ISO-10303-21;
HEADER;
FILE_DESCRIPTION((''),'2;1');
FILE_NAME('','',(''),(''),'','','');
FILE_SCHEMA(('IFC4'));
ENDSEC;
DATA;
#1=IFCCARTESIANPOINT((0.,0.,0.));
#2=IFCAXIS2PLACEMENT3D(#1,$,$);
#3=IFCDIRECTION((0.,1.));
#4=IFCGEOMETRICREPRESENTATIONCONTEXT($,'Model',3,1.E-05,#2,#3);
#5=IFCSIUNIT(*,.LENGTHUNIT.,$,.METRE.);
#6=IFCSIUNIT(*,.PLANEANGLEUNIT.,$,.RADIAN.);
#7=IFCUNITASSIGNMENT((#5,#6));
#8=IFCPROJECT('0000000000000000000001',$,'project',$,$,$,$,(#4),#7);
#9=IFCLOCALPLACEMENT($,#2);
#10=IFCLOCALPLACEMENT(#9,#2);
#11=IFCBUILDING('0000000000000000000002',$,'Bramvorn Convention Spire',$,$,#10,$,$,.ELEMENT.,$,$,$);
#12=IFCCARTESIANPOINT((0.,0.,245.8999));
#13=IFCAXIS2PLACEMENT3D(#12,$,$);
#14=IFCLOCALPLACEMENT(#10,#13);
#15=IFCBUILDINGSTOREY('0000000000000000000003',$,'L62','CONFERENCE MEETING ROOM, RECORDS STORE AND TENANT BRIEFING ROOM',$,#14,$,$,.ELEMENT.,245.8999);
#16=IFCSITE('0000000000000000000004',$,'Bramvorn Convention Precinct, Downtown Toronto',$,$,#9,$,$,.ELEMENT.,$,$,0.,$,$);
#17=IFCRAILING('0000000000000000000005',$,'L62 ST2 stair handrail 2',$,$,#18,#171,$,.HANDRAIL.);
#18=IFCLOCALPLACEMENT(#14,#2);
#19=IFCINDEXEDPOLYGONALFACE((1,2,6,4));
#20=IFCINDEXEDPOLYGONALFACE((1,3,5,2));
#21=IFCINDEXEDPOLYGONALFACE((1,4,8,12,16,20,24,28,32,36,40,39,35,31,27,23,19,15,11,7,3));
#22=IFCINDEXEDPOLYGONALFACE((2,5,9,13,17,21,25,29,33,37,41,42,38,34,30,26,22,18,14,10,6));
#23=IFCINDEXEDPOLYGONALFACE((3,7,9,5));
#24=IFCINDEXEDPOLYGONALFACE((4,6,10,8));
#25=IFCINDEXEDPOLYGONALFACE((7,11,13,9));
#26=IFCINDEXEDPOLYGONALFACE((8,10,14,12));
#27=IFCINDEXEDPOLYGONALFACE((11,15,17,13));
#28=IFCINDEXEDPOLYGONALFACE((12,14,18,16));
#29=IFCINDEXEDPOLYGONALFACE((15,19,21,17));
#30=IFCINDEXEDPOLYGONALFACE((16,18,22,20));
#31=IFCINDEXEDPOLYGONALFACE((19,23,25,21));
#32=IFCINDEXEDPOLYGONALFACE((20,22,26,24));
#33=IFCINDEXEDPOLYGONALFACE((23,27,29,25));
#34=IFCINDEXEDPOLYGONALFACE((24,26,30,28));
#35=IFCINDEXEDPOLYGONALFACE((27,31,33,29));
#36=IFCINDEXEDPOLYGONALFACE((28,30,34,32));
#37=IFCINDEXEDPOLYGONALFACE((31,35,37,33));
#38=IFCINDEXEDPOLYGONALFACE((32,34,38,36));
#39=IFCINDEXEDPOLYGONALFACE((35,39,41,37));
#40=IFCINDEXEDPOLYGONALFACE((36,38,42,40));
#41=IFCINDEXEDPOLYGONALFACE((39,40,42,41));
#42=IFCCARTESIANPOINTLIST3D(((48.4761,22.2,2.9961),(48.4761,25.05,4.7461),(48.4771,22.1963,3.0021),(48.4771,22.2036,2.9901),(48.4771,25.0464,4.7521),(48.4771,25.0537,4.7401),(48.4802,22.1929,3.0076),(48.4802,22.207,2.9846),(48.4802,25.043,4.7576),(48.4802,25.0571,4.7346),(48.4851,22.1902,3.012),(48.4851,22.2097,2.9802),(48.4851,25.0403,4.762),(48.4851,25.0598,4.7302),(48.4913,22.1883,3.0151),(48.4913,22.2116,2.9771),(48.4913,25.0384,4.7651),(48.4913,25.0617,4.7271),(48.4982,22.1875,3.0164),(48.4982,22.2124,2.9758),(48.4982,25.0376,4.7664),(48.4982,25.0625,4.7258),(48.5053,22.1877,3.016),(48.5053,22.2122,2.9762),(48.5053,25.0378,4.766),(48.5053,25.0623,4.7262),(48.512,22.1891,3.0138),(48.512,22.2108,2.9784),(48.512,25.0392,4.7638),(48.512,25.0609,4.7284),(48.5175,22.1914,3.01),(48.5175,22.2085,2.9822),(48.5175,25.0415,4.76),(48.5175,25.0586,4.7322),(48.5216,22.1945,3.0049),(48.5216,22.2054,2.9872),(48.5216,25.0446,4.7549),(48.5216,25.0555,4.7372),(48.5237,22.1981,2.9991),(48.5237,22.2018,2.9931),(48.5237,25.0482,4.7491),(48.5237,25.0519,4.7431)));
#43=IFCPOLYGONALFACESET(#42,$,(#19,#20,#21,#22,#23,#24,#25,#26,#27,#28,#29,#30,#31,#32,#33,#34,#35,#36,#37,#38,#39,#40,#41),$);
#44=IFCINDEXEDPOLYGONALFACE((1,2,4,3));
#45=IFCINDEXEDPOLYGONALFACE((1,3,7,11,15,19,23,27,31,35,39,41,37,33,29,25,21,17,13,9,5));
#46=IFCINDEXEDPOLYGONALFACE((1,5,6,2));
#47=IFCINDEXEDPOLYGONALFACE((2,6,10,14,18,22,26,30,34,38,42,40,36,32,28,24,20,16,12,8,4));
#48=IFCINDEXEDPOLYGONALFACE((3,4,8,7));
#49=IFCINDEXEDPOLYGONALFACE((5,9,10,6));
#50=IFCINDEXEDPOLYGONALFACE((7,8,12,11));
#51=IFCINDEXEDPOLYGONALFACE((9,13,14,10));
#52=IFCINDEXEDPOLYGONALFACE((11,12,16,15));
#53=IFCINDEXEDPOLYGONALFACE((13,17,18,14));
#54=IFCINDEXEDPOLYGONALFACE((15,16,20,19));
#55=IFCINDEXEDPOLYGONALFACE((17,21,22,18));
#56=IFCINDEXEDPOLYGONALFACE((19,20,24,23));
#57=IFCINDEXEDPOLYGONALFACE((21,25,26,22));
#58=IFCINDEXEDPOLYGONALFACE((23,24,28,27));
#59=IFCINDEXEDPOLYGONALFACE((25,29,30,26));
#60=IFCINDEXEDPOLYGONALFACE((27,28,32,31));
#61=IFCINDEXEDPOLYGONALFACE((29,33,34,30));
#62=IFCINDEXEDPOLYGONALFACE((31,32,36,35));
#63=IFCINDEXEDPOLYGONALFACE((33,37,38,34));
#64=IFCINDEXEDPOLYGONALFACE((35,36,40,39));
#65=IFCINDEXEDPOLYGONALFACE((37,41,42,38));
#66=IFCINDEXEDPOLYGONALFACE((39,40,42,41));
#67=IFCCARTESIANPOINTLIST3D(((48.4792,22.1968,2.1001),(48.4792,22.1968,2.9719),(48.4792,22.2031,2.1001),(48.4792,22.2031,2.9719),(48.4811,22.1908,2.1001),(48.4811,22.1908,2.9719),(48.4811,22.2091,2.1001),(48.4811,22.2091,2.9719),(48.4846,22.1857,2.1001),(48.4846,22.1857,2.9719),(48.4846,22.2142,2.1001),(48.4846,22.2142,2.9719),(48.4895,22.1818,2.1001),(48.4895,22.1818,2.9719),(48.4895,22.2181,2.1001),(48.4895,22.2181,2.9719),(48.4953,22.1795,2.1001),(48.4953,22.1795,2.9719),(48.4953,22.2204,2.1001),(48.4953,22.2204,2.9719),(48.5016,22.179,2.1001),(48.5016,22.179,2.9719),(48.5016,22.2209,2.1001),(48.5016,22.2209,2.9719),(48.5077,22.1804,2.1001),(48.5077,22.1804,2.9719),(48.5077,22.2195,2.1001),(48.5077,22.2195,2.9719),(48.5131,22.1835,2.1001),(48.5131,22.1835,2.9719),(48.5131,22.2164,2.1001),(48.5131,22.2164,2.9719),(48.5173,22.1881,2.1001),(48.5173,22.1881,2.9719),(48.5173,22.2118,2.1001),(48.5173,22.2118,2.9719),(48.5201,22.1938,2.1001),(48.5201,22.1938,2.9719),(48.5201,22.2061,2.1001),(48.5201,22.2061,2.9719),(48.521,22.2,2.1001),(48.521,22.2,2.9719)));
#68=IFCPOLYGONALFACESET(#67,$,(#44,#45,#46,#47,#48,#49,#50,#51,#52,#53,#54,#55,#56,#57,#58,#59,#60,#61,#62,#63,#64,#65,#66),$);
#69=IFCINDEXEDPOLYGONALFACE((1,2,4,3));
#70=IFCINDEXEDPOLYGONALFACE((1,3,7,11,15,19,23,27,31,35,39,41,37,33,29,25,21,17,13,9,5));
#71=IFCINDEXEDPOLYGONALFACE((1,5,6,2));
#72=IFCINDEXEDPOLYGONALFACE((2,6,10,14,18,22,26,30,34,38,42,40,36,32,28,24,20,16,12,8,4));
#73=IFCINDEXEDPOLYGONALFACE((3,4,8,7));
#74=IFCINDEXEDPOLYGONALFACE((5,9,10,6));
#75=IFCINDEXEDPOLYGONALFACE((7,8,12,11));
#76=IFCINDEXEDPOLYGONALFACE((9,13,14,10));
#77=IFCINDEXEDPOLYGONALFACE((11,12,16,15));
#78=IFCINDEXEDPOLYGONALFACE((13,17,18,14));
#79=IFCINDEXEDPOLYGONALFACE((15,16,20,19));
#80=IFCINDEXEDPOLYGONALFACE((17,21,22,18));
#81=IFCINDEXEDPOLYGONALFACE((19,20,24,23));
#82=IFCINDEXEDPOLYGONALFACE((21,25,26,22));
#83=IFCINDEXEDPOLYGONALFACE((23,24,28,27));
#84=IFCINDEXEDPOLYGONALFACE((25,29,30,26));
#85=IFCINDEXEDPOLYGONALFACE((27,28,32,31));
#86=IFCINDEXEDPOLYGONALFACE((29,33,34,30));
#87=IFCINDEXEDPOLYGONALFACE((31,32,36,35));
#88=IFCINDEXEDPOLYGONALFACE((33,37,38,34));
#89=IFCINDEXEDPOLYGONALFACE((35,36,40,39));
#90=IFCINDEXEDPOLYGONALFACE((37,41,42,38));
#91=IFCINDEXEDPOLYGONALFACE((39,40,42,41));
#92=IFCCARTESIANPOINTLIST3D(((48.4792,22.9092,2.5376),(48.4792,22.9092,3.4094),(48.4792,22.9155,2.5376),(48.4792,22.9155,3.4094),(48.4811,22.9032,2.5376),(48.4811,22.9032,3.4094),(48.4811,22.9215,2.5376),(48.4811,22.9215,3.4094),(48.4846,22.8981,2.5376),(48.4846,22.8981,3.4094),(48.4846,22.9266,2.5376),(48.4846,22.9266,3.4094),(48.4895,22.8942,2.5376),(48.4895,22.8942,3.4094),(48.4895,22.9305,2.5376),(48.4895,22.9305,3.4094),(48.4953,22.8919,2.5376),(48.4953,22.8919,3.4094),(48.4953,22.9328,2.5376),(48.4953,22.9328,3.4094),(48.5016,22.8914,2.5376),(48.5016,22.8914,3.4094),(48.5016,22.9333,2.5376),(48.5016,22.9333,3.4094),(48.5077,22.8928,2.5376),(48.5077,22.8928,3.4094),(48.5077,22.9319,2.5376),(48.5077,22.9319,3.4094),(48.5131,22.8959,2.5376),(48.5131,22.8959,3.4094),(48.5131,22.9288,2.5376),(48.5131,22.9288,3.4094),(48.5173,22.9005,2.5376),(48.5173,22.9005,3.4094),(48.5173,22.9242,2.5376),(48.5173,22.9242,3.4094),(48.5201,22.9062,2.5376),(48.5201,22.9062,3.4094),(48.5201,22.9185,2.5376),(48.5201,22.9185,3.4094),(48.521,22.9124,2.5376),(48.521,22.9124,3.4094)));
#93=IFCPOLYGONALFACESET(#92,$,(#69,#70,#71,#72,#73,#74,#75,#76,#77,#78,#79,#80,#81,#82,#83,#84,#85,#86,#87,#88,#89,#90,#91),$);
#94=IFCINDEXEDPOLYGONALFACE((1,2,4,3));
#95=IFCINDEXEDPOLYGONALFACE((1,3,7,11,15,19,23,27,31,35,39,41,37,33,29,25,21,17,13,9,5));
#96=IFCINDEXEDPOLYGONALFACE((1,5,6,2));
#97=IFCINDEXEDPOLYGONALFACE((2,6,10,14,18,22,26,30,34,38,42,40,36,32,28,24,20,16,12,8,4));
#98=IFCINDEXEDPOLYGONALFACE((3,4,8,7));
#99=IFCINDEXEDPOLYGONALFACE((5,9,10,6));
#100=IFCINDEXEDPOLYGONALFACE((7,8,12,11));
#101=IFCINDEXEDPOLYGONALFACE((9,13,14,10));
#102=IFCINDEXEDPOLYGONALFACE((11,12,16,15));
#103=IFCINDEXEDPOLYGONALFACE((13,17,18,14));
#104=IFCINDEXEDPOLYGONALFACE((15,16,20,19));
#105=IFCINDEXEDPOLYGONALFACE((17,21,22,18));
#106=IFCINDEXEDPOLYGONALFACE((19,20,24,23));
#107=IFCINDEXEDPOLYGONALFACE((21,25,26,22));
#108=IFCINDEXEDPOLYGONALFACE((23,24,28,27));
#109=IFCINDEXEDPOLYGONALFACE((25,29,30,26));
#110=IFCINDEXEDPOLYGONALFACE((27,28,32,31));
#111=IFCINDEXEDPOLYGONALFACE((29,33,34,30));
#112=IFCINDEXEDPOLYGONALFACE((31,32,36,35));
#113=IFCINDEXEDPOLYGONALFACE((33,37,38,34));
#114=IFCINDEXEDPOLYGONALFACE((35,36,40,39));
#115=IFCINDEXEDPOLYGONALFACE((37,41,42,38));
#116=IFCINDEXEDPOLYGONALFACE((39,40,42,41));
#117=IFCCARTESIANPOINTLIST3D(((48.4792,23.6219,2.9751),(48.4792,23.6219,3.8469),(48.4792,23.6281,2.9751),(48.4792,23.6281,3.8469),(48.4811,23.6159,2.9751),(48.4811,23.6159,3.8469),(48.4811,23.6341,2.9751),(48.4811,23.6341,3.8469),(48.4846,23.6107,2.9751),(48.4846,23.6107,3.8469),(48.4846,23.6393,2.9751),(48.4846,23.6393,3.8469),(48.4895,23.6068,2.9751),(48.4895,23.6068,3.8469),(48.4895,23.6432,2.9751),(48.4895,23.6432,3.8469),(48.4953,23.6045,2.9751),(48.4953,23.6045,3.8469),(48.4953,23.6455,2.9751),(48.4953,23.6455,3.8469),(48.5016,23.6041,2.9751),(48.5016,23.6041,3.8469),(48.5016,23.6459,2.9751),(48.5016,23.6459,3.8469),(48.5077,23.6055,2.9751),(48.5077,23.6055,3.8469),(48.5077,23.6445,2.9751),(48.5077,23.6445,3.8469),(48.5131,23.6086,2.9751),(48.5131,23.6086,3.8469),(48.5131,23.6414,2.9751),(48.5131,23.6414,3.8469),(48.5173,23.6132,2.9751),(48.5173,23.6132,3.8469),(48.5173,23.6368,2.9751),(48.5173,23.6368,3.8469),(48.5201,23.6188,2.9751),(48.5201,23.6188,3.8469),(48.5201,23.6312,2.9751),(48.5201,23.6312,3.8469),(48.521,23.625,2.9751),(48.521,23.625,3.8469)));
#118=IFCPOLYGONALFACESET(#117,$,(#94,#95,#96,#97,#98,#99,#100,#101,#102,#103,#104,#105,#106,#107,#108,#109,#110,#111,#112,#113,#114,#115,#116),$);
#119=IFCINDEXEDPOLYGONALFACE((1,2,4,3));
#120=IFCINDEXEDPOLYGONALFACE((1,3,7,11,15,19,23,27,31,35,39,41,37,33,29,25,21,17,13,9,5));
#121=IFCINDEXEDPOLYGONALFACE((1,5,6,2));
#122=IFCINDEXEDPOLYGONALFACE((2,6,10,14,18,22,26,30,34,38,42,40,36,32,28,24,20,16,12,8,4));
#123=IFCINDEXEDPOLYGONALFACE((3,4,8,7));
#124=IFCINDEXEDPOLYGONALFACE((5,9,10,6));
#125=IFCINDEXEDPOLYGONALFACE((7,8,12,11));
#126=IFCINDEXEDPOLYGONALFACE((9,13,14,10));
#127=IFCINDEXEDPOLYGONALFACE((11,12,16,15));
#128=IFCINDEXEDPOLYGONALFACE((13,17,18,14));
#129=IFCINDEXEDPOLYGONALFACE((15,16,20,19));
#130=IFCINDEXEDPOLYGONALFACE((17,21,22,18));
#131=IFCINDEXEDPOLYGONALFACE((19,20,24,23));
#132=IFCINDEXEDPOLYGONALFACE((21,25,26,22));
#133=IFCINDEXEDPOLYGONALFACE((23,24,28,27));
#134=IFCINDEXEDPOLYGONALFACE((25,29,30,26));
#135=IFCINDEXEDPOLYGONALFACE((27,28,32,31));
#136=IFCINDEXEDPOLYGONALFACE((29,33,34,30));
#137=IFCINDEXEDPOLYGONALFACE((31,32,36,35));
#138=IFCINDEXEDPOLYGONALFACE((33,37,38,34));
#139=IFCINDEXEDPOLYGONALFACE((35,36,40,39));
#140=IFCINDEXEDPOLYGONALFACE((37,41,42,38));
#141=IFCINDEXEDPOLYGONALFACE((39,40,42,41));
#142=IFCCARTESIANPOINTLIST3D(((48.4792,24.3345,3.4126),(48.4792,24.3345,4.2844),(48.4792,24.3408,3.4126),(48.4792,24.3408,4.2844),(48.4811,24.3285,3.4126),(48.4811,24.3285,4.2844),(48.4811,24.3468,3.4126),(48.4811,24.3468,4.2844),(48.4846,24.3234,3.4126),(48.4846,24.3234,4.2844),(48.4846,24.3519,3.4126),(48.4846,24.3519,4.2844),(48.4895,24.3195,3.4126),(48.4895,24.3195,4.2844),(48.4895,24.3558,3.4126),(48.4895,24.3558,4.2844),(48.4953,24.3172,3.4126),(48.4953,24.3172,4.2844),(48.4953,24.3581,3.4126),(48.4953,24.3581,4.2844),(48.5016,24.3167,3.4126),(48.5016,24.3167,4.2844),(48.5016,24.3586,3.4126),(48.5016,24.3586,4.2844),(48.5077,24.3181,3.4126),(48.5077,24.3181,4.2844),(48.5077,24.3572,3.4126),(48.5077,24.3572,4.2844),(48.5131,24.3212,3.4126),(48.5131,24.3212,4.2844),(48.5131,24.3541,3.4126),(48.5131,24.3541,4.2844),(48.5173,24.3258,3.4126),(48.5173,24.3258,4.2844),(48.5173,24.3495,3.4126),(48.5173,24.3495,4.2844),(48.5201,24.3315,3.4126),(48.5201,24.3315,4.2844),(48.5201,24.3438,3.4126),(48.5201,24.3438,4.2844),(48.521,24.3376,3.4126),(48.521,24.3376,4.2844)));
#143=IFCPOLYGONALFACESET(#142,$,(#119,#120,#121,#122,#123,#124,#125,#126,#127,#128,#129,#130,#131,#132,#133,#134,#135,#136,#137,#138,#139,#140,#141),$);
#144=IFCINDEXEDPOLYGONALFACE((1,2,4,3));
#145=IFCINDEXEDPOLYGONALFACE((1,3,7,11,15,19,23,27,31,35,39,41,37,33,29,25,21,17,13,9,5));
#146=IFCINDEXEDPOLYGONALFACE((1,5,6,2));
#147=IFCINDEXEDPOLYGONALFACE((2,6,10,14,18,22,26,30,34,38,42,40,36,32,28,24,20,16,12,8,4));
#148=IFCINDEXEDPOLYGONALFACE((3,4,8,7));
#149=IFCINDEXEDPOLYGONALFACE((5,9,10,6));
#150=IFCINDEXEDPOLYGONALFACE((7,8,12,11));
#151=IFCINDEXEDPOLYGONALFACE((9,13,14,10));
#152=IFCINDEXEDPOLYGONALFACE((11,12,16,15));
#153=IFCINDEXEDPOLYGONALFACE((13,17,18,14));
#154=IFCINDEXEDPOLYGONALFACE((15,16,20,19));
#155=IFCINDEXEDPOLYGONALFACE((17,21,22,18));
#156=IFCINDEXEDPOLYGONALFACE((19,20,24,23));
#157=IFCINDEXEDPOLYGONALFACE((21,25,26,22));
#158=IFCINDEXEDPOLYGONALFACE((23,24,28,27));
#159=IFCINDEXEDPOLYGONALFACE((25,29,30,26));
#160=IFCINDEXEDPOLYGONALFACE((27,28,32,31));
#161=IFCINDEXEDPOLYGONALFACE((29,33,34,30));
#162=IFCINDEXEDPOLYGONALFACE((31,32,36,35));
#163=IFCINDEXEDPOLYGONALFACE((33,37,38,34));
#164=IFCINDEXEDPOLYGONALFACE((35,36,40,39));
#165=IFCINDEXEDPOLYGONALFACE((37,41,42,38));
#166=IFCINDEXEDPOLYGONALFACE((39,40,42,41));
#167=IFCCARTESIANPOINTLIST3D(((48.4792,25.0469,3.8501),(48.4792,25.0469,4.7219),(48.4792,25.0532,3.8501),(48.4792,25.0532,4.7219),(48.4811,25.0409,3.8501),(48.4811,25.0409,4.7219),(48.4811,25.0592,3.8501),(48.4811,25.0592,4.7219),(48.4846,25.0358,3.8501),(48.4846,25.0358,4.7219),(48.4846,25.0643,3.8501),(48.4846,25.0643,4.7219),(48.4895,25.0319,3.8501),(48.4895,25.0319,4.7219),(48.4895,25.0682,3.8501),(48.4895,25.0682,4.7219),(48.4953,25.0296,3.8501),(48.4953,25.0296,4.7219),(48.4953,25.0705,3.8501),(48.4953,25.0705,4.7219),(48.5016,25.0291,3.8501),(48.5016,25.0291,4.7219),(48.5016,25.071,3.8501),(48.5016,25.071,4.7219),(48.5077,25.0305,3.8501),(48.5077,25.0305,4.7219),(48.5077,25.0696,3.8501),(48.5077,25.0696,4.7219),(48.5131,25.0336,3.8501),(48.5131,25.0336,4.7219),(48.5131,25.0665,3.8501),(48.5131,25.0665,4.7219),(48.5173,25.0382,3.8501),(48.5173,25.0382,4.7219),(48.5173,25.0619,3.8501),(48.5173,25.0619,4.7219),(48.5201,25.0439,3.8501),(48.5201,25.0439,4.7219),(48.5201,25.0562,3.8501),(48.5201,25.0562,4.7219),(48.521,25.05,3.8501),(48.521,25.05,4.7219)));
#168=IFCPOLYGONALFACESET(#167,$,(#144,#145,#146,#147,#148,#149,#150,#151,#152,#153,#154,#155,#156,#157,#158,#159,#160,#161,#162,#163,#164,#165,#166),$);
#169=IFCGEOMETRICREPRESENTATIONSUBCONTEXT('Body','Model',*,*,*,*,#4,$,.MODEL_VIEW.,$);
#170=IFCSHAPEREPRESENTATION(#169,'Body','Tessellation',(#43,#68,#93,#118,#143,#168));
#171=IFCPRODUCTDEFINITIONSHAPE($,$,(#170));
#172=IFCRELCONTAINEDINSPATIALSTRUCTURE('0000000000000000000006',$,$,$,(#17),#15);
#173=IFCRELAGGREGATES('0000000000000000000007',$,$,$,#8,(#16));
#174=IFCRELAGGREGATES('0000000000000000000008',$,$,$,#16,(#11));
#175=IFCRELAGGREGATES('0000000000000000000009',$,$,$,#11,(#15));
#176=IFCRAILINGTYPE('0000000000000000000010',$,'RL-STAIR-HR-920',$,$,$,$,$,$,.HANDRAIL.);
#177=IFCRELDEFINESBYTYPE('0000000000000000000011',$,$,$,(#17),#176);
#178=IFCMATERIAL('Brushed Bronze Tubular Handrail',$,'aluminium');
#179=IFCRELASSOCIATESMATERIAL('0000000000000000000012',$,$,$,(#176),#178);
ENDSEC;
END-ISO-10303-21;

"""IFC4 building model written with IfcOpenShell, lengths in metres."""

from ifc_helpers import new_model, si_unit, direction, frame, origin, origin_2d, place, context, subcontext, project, spatial, circle, extrude, material, type_object, element, save


model = new_model("IFC4")

# Units and contexts
model_context = context("Model", 3, precision=1e-05, world=origin(), true_north=direction((0.0, 1.0)))
body_context = subcontext(model_context, "Body", "Model", "MODEL_VIEW")
ifc_project = project(units=[si_unit("LENGTHUNIT", "METRE"), si_unit("PLANEANGLEUNIT", "RADIAN")], contexts=[model_context])

# Site, building, storey
site_placement = place(None, origin())
site = spatial("IfcSite", under=ifc_project, at=site_placement, Name="Bramvorn Convention Precinct, Downtown Toronto", CompositionType="ELEMENT", RefElevation=0.0)
building_placement = place(site_placement, origin())
building = spatial("IfcBuilding", under=site, at=building_placement, Name="Bramvorn Convention Spire", CompositionType="ELEMENT")
storey_placement = place(building_placement, frame((0.0, 0.0, 245.8999)))
storey = spatial("IfcBuildingStorey", under=building, at=storey_placement, Name="L62", Description="CONFERENCE MEETING ROOM, RECORDS STORE AND TENANT BRIEFING ROOM", CompositionType="ELEMENT", Elevation=245.8999)

# Railing
ifc_material_1 = material(Name="Brushed Bronze Tubular Handrail", Category="aluminium")
railing_type_1 = type_object("IfcRailingType", Name="RL-STAIR-HR-920", PredefinedType="HANDRAIL", material=ifc_material_1)
railing_1_placement = place(storey_placement, frame((48.5, 22.2, 2.1001)))
element("IfcRailing", 1, at=railing_1_placement, inside=storey, type_object=railing_type_1, Name="L62 ST2 stair handrail 2", PredefinedType="HANDRAIL", context=body_context, shape_type="SweptSolid", body=[
    extrude(circle(Radius=0.0239, at=origin_2d()), frame((0.0, 0.0, 0.896), z_axis=(0.0, 0.852179, 0.52325), x_axis=(-1.0, 0.0, 0.0)), (0.0, 0.0, 1.0), 3.3445),
    extrude(circle(Radius=0.021, at=origin_2d()), origin(), (0.0, 0.0, 1.0), 0.8718),
    extrude(circle(Radius=0.021, at=origin_2d()), frame((0.0, 0.7124, 0.4375)), (0.0, 0.0, 1.0), 0.8718),
    extrude(circle(Radius=0.021, at=origin_2d()), frame((0.0, 1.425, 0.875)), (0.0, 0.0, 1.0), 0.8718),
    extrude(circle(Radius=0.021, at=origin_2d()), frame((0.0, 2.1377, 1.3125)), (0.0, 0.0, 1.0), 0.8718),
    extrude(circle(Radius=0.021, at=origin_2d()), frame((0.0, 2.8501, 1.75)), (0.0, 0.0, 1.0), 0.8718),
])

save(model, "model.ifc")
